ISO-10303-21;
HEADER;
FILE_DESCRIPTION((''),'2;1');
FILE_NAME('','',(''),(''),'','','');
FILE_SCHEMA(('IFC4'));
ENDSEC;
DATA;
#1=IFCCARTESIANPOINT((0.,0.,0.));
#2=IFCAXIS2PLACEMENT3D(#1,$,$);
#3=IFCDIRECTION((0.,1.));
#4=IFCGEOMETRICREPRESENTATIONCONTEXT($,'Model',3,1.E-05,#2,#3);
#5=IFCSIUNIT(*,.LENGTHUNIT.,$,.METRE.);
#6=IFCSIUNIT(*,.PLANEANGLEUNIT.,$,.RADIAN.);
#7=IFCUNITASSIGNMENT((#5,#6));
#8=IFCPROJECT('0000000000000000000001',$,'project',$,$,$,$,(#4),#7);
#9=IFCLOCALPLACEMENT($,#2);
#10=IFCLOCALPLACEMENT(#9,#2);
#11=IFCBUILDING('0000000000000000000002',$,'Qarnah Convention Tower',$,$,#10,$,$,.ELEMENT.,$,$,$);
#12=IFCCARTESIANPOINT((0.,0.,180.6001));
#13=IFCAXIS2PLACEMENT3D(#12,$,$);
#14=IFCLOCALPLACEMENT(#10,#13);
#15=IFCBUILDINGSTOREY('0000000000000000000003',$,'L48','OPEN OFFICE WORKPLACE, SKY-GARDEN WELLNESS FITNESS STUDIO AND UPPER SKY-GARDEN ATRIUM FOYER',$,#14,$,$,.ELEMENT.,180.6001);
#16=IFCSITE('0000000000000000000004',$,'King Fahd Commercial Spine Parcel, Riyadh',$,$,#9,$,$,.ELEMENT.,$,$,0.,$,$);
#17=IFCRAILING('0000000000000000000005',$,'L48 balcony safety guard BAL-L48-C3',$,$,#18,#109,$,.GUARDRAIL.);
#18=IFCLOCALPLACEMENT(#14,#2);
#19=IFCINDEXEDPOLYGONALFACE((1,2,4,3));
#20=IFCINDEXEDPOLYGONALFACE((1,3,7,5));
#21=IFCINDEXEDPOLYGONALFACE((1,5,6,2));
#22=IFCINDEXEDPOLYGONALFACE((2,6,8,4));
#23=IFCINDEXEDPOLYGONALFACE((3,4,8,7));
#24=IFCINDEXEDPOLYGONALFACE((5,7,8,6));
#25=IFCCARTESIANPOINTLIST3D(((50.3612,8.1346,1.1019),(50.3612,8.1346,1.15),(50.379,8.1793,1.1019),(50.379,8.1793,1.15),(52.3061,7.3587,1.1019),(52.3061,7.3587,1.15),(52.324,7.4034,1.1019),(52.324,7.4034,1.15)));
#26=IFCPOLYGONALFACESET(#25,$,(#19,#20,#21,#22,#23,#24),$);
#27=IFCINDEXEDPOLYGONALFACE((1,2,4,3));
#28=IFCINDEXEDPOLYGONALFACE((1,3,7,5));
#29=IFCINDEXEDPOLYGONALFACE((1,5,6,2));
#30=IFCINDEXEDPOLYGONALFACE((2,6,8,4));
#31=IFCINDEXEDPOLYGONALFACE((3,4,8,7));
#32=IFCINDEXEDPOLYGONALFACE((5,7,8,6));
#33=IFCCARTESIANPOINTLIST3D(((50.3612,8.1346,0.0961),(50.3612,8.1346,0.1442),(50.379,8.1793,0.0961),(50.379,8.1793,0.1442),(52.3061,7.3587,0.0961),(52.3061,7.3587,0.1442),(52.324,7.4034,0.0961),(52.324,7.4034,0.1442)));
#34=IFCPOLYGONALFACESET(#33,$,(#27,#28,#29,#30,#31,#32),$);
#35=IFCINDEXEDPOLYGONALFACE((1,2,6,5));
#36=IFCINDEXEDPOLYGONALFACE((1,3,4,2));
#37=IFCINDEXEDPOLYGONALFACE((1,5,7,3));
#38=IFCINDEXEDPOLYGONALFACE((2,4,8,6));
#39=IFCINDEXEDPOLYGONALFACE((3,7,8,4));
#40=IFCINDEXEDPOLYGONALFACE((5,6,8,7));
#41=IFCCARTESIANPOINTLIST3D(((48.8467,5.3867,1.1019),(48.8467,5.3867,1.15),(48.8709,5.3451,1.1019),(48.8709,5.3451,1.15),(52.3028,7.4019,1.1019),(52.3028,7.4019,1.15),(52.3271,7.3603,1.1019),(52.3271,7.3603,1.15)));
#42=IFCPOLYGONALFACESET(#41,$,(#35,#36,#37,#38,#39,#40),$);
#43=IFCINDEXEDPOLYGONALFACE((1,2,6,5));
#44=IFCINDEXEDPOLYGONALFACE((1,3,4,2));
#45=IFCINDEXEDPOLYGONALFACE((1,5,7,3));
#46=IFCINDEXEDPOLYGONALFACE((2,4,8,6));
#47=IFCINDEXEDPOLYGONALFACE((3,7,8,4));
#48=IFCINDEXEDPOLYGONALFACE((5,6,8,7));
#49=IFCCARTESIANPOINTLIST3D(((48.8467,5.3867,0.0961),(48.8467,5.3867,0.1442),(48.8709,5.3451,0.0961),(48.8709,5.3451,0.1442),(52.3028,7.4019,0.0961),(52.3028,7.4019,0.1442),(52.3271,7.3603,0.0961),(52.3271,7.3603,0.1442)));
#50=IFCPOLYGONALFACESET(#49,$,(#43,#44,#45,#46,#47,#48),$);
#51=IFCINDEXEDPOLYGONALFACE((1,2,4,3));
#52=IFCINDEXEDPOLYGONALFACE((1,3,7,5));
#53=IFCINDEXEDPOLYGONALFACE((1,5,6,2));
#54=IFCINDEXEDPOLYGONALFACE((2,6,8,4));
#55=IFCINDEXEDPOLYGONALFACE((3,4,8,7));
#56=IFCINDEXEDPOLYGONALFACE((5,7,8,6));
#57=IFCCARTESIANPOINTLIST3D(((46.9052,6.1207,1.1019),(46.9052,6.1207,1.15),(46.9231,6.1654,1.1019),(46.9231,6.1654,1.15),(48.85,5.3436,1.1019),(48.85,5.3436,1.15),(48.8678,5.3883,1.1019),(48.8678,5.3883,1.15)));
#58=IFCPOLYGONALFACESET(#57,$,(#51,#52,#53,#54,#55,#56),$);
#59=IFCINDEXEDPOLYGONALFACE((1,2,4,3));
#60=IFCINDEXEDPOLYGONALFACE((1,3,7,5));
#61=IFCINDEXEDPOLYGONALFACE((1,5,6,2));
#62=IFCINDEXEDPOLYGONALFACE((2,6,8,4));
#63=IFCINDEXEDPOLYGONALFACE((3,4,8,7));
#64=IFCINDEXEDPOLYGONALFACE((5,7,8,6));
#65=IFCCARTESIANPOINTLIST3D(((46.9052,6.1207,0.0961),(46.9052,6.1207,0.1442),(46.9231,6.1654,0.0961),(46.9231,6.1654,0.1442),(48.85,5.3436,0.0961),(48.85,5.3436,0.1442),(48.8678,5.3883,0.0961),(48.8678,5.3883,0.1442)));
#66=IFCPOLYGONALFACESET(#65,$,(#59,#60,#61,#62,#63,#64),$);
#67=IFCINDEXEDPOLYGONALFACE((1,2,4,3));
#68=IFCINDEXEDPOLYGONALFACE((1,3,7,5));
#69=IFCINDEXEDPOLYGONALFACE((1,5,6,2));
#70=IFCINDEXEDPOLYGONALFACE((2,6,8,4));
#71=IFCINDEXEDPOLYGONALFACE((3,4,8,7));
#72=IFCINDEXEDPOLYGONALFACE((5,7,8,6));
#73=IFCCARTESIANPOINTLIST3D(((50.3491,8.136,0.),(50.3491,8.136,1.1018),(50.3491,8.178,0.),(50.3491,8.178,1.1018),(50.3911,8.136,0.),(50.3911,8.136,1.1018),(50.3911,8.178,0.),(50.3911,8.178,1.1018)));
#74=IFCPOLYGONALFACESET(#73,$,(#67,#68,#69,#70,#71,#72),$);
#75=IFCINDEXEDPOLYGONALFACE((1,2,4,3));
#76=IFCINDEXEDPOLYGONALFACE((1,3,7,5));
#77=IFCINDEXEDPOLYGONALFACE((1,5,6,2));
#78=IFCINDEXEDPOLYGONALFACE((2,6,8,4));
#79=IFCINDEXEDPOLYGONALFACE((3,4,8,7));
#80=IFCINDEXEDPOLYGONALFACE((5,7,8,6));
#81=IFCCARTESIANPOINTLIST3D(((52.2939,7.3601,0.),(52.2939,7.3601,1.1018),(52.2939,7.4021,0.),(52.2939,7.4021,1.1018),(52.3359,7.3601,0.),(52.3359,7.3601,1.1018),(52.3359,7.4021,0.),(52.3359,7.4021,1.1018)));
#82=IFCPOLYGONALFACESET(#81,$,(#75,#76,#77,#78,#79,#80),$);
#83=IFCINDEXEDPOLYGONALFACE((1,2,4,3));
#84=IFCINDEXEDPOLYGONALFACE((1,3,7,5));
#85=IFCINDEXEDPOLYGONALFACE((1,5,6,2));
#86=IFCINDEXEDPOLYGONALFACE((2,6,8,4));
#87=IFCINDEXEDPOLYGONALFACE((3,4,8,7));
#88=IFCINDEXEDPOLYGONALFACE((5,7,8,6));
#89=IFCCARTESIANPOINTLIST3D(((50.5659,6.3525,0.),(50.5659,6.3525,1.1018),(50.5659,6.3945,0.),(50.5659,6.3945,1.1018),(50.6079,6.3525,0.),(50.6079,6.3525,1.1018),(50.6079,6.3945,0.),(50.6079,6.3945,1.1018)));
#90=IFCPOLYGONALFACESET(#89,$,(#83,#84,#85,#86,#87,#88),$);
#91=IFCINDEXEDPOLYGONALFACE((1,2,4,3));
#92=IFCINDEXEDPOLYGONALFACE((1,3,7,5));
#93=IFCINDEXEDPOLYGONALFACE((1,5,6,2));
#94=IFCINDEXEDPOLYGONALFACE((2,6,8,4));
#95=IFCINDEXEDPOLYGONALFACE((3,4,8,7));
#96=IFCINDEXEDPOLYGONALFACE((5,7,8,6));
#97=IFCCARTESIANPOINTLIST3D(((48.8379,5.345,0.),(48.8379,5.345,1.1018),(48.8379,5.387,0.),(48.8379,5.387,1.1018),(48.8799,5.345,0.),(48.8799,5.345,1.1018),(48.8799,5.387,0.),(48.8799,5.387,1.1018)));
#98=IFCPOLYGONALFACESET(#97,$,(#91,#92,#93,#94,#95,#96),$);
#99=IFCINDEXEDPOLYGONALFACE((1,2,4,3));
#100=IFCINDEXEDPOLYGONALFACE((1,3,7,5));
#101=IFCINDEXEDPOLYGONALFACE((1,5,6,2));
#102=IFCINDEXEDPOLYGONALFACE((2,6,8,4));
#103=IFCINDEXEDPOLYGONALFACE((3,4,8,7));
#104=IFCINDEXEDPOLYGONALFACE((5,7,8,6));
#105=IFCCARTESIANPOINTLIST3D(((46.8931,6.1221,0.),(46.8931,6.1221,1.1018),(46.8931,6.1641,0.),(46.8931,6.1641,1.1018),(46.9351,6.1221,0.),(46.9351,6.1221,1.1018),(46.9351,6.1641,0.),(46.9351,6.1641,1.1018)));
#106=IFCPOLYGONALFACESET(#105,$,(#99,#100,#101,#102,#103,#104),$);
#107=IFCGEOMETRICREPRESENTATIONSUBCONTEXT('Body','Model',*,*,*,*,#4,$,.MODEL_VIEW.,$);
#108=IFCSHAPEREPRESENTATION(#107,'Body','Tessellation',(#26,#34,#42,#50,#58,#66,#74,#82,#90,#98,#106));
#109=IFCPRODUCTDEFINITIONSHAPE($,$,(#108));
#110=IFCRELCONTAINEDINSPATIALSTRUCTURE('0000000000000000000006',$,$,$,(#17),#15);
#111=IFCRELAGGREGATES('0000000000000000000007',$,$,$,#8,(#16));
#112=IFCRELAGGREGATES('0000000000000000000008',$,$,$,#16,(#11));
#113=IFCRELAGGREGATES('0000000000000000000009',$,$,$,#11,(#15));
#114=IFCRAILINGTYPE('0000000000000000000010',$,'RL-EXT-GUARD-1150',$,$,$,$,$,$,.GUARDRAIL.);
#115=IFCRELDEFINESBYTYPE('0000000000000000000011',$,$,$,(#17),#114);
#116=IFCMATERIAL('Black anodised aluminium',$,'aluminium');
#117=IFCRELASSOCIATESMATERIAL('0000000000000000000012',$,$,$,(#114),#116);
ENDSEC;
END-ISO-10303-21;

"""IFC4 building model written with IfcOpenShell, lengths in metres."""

from ifc_helpers import new_model, si_unit, direction, frame, origin, origin_2d, place, context, subcontext, project, spatial, rectangle, extrude, material, type_object, element, save


model = new_model("IFC4")

# Units and contexts
model_context = context("Model", 3, precision=1e-05, world=origin(), true_north=direction((0.0, 1.0)))
body_context = subcontext(model_context, "Body", "Model", "MODEL_VIEW")
ifc_project = project(units=[si_unit("LENGTHUNIT", "METRE"), si_unit("PLANEANGLEUNIT", "RADIAN")], contexts=[model_context])

# Site, building, storey
site_placement = place(None, origin())
site = spatial("IfcSite", under=ifc_project, at=site_placement, Name="King Fahd Commercial Spine Parcel, Riyadh", CompositionType="ELEMENT", RefElevation=0.0)
building_placement = place(site_placement, origin())
building = spatial("IfcBuilding", under=site, at=building_placement, Name="Qarnah Convention Tower", CompositionType="ELEMENT")
storey_placement = place(building_placement, frame((0.0, 0.0, 180.6001)))
storey = spatial("IfcBuildingStorey", under=building, at=storey_placement, Name="L48", Description="OPEN OFFICE WORKPLACE, SKY-GARDEN WELLNESS FITNESS STUDIO AND UPPER SKY-GARDEN ATRIUM FOYER", CompositionType="ELEMENT", Elevation=180.6001)

# Shared definitions
ifc_material_1 = material(Name="Black anodised aluminium", Category="aluminium")

# Railing
railing_type = type_object("IfcRailingType", Name="RL-EXT-GUARD-1150", PredefinedType="GUARDRAIL", material=ifc_material_1)
railing_1_placement = place(storey_placement, frame((50.3701, 8.157, 0.0)))
element("IfcRailing", 1, at=railing_1_placement, inside=storey, type_object=railing_type, Name="L48 balcony safety guard BAL-L48-C3", PredefinedType="GUARDRAIL", context=body_context, shape_type="SweptSolid", body=[
    extrude(rectangle(XDim=0.0481, YDim=0.0481, at=origin_2d()), frame((0.0, 0.0, 1.126), z_axis=(0.928814, -0.370546, 0.0), x_axis=(0.370546, 0.928814, 0.0)), (0.0, 0.0, 1.0), 2.094),
    extrude(rectangle(XDim=0.0481, YDim=0.0481, at=origin_2d()), frame((0.0, 0.0, 0.1201), z_axis=(0.928814, -0.370546, 0.0), x_axis=(0.370546, 0.928814, 0.0)), (0.0, 0.0, 1.0), 2.094),
    extrude(rectangle(XDim=0.0481, YDim=0.0481, at=origin_2d()), frame((1.9448, -0.7759, 1.126), z_axis=(-0.863876, -0.503704, 0.0), x_axis=(0.503704, -0.863876, 0.0)), (0.0, 0.0, 1.0), 4.0007),
    extrude(rectangle(XDim=0.0481, YDim=0.0481, at=origin_2d()), frame((1.9448, -0.7759, 0.1201), z_axis=(-0.863876, -0.503704, 0.0), x_axis=(0.503704, -0.863876, 0.0)), (0.0, 0.0, 1.0), 4.0007),
    extrude(rectangle(XDim=0.0481, YDim=0.0481, at=origin_2d()), frame((-1.5112, -2.791, 1.126), z_axis=(-0.928613, 0.371049, 0.0), x_axis=(-0.371049, -0.928613, 0.0)), (0.0, 0.0, 1.0), 2.0942),
    extrude(rectangle(XDim=0.0481, YDim=0.0481, at=origin_2d()), frame((-1.5112, -2.791, 0.1201), z_axis=(-0.928613, 0.371049, 0.0), x_axis=(-0.371049, -0.928613, 0.0)), (0.0, 0.0, 1.0), 2.0942),
    extrude(rectangle(XDim=0.042, YDim=0.042, at=origin_2d()), origin(), (0.0, 0.0, 1.0), 1.1018),
    extrude(rectangle(XDim=0.042, YDim=0.042, at=origin_2d()), frame((1.9448, -0.7759, 0.0)), (0.0, 0.0, 1.0), 1.1018),
    extrude(rectangle(XDim=0.042, YDim=0.042, at=origin_2d()), frame((0.2168, -1.7834, 0.0)), (0.0, 0.0, 1.0), 1.1018),
    extrude(rectangle(XDim=0.042, YDim=0.042, at=origin_2d()), frame((-1.5112, -2.791, 0.0)), (0.0, 0.0, 1.0), 1.1018),
    extrude(rectangle(XDim=0.042, YDim=0.042, at=origin_2d()), frame((-3.4561, -2.0139, 0.0)), (0.0, 0.0, 1.0), 1.1018),
])

save(model, "model.ifc")
